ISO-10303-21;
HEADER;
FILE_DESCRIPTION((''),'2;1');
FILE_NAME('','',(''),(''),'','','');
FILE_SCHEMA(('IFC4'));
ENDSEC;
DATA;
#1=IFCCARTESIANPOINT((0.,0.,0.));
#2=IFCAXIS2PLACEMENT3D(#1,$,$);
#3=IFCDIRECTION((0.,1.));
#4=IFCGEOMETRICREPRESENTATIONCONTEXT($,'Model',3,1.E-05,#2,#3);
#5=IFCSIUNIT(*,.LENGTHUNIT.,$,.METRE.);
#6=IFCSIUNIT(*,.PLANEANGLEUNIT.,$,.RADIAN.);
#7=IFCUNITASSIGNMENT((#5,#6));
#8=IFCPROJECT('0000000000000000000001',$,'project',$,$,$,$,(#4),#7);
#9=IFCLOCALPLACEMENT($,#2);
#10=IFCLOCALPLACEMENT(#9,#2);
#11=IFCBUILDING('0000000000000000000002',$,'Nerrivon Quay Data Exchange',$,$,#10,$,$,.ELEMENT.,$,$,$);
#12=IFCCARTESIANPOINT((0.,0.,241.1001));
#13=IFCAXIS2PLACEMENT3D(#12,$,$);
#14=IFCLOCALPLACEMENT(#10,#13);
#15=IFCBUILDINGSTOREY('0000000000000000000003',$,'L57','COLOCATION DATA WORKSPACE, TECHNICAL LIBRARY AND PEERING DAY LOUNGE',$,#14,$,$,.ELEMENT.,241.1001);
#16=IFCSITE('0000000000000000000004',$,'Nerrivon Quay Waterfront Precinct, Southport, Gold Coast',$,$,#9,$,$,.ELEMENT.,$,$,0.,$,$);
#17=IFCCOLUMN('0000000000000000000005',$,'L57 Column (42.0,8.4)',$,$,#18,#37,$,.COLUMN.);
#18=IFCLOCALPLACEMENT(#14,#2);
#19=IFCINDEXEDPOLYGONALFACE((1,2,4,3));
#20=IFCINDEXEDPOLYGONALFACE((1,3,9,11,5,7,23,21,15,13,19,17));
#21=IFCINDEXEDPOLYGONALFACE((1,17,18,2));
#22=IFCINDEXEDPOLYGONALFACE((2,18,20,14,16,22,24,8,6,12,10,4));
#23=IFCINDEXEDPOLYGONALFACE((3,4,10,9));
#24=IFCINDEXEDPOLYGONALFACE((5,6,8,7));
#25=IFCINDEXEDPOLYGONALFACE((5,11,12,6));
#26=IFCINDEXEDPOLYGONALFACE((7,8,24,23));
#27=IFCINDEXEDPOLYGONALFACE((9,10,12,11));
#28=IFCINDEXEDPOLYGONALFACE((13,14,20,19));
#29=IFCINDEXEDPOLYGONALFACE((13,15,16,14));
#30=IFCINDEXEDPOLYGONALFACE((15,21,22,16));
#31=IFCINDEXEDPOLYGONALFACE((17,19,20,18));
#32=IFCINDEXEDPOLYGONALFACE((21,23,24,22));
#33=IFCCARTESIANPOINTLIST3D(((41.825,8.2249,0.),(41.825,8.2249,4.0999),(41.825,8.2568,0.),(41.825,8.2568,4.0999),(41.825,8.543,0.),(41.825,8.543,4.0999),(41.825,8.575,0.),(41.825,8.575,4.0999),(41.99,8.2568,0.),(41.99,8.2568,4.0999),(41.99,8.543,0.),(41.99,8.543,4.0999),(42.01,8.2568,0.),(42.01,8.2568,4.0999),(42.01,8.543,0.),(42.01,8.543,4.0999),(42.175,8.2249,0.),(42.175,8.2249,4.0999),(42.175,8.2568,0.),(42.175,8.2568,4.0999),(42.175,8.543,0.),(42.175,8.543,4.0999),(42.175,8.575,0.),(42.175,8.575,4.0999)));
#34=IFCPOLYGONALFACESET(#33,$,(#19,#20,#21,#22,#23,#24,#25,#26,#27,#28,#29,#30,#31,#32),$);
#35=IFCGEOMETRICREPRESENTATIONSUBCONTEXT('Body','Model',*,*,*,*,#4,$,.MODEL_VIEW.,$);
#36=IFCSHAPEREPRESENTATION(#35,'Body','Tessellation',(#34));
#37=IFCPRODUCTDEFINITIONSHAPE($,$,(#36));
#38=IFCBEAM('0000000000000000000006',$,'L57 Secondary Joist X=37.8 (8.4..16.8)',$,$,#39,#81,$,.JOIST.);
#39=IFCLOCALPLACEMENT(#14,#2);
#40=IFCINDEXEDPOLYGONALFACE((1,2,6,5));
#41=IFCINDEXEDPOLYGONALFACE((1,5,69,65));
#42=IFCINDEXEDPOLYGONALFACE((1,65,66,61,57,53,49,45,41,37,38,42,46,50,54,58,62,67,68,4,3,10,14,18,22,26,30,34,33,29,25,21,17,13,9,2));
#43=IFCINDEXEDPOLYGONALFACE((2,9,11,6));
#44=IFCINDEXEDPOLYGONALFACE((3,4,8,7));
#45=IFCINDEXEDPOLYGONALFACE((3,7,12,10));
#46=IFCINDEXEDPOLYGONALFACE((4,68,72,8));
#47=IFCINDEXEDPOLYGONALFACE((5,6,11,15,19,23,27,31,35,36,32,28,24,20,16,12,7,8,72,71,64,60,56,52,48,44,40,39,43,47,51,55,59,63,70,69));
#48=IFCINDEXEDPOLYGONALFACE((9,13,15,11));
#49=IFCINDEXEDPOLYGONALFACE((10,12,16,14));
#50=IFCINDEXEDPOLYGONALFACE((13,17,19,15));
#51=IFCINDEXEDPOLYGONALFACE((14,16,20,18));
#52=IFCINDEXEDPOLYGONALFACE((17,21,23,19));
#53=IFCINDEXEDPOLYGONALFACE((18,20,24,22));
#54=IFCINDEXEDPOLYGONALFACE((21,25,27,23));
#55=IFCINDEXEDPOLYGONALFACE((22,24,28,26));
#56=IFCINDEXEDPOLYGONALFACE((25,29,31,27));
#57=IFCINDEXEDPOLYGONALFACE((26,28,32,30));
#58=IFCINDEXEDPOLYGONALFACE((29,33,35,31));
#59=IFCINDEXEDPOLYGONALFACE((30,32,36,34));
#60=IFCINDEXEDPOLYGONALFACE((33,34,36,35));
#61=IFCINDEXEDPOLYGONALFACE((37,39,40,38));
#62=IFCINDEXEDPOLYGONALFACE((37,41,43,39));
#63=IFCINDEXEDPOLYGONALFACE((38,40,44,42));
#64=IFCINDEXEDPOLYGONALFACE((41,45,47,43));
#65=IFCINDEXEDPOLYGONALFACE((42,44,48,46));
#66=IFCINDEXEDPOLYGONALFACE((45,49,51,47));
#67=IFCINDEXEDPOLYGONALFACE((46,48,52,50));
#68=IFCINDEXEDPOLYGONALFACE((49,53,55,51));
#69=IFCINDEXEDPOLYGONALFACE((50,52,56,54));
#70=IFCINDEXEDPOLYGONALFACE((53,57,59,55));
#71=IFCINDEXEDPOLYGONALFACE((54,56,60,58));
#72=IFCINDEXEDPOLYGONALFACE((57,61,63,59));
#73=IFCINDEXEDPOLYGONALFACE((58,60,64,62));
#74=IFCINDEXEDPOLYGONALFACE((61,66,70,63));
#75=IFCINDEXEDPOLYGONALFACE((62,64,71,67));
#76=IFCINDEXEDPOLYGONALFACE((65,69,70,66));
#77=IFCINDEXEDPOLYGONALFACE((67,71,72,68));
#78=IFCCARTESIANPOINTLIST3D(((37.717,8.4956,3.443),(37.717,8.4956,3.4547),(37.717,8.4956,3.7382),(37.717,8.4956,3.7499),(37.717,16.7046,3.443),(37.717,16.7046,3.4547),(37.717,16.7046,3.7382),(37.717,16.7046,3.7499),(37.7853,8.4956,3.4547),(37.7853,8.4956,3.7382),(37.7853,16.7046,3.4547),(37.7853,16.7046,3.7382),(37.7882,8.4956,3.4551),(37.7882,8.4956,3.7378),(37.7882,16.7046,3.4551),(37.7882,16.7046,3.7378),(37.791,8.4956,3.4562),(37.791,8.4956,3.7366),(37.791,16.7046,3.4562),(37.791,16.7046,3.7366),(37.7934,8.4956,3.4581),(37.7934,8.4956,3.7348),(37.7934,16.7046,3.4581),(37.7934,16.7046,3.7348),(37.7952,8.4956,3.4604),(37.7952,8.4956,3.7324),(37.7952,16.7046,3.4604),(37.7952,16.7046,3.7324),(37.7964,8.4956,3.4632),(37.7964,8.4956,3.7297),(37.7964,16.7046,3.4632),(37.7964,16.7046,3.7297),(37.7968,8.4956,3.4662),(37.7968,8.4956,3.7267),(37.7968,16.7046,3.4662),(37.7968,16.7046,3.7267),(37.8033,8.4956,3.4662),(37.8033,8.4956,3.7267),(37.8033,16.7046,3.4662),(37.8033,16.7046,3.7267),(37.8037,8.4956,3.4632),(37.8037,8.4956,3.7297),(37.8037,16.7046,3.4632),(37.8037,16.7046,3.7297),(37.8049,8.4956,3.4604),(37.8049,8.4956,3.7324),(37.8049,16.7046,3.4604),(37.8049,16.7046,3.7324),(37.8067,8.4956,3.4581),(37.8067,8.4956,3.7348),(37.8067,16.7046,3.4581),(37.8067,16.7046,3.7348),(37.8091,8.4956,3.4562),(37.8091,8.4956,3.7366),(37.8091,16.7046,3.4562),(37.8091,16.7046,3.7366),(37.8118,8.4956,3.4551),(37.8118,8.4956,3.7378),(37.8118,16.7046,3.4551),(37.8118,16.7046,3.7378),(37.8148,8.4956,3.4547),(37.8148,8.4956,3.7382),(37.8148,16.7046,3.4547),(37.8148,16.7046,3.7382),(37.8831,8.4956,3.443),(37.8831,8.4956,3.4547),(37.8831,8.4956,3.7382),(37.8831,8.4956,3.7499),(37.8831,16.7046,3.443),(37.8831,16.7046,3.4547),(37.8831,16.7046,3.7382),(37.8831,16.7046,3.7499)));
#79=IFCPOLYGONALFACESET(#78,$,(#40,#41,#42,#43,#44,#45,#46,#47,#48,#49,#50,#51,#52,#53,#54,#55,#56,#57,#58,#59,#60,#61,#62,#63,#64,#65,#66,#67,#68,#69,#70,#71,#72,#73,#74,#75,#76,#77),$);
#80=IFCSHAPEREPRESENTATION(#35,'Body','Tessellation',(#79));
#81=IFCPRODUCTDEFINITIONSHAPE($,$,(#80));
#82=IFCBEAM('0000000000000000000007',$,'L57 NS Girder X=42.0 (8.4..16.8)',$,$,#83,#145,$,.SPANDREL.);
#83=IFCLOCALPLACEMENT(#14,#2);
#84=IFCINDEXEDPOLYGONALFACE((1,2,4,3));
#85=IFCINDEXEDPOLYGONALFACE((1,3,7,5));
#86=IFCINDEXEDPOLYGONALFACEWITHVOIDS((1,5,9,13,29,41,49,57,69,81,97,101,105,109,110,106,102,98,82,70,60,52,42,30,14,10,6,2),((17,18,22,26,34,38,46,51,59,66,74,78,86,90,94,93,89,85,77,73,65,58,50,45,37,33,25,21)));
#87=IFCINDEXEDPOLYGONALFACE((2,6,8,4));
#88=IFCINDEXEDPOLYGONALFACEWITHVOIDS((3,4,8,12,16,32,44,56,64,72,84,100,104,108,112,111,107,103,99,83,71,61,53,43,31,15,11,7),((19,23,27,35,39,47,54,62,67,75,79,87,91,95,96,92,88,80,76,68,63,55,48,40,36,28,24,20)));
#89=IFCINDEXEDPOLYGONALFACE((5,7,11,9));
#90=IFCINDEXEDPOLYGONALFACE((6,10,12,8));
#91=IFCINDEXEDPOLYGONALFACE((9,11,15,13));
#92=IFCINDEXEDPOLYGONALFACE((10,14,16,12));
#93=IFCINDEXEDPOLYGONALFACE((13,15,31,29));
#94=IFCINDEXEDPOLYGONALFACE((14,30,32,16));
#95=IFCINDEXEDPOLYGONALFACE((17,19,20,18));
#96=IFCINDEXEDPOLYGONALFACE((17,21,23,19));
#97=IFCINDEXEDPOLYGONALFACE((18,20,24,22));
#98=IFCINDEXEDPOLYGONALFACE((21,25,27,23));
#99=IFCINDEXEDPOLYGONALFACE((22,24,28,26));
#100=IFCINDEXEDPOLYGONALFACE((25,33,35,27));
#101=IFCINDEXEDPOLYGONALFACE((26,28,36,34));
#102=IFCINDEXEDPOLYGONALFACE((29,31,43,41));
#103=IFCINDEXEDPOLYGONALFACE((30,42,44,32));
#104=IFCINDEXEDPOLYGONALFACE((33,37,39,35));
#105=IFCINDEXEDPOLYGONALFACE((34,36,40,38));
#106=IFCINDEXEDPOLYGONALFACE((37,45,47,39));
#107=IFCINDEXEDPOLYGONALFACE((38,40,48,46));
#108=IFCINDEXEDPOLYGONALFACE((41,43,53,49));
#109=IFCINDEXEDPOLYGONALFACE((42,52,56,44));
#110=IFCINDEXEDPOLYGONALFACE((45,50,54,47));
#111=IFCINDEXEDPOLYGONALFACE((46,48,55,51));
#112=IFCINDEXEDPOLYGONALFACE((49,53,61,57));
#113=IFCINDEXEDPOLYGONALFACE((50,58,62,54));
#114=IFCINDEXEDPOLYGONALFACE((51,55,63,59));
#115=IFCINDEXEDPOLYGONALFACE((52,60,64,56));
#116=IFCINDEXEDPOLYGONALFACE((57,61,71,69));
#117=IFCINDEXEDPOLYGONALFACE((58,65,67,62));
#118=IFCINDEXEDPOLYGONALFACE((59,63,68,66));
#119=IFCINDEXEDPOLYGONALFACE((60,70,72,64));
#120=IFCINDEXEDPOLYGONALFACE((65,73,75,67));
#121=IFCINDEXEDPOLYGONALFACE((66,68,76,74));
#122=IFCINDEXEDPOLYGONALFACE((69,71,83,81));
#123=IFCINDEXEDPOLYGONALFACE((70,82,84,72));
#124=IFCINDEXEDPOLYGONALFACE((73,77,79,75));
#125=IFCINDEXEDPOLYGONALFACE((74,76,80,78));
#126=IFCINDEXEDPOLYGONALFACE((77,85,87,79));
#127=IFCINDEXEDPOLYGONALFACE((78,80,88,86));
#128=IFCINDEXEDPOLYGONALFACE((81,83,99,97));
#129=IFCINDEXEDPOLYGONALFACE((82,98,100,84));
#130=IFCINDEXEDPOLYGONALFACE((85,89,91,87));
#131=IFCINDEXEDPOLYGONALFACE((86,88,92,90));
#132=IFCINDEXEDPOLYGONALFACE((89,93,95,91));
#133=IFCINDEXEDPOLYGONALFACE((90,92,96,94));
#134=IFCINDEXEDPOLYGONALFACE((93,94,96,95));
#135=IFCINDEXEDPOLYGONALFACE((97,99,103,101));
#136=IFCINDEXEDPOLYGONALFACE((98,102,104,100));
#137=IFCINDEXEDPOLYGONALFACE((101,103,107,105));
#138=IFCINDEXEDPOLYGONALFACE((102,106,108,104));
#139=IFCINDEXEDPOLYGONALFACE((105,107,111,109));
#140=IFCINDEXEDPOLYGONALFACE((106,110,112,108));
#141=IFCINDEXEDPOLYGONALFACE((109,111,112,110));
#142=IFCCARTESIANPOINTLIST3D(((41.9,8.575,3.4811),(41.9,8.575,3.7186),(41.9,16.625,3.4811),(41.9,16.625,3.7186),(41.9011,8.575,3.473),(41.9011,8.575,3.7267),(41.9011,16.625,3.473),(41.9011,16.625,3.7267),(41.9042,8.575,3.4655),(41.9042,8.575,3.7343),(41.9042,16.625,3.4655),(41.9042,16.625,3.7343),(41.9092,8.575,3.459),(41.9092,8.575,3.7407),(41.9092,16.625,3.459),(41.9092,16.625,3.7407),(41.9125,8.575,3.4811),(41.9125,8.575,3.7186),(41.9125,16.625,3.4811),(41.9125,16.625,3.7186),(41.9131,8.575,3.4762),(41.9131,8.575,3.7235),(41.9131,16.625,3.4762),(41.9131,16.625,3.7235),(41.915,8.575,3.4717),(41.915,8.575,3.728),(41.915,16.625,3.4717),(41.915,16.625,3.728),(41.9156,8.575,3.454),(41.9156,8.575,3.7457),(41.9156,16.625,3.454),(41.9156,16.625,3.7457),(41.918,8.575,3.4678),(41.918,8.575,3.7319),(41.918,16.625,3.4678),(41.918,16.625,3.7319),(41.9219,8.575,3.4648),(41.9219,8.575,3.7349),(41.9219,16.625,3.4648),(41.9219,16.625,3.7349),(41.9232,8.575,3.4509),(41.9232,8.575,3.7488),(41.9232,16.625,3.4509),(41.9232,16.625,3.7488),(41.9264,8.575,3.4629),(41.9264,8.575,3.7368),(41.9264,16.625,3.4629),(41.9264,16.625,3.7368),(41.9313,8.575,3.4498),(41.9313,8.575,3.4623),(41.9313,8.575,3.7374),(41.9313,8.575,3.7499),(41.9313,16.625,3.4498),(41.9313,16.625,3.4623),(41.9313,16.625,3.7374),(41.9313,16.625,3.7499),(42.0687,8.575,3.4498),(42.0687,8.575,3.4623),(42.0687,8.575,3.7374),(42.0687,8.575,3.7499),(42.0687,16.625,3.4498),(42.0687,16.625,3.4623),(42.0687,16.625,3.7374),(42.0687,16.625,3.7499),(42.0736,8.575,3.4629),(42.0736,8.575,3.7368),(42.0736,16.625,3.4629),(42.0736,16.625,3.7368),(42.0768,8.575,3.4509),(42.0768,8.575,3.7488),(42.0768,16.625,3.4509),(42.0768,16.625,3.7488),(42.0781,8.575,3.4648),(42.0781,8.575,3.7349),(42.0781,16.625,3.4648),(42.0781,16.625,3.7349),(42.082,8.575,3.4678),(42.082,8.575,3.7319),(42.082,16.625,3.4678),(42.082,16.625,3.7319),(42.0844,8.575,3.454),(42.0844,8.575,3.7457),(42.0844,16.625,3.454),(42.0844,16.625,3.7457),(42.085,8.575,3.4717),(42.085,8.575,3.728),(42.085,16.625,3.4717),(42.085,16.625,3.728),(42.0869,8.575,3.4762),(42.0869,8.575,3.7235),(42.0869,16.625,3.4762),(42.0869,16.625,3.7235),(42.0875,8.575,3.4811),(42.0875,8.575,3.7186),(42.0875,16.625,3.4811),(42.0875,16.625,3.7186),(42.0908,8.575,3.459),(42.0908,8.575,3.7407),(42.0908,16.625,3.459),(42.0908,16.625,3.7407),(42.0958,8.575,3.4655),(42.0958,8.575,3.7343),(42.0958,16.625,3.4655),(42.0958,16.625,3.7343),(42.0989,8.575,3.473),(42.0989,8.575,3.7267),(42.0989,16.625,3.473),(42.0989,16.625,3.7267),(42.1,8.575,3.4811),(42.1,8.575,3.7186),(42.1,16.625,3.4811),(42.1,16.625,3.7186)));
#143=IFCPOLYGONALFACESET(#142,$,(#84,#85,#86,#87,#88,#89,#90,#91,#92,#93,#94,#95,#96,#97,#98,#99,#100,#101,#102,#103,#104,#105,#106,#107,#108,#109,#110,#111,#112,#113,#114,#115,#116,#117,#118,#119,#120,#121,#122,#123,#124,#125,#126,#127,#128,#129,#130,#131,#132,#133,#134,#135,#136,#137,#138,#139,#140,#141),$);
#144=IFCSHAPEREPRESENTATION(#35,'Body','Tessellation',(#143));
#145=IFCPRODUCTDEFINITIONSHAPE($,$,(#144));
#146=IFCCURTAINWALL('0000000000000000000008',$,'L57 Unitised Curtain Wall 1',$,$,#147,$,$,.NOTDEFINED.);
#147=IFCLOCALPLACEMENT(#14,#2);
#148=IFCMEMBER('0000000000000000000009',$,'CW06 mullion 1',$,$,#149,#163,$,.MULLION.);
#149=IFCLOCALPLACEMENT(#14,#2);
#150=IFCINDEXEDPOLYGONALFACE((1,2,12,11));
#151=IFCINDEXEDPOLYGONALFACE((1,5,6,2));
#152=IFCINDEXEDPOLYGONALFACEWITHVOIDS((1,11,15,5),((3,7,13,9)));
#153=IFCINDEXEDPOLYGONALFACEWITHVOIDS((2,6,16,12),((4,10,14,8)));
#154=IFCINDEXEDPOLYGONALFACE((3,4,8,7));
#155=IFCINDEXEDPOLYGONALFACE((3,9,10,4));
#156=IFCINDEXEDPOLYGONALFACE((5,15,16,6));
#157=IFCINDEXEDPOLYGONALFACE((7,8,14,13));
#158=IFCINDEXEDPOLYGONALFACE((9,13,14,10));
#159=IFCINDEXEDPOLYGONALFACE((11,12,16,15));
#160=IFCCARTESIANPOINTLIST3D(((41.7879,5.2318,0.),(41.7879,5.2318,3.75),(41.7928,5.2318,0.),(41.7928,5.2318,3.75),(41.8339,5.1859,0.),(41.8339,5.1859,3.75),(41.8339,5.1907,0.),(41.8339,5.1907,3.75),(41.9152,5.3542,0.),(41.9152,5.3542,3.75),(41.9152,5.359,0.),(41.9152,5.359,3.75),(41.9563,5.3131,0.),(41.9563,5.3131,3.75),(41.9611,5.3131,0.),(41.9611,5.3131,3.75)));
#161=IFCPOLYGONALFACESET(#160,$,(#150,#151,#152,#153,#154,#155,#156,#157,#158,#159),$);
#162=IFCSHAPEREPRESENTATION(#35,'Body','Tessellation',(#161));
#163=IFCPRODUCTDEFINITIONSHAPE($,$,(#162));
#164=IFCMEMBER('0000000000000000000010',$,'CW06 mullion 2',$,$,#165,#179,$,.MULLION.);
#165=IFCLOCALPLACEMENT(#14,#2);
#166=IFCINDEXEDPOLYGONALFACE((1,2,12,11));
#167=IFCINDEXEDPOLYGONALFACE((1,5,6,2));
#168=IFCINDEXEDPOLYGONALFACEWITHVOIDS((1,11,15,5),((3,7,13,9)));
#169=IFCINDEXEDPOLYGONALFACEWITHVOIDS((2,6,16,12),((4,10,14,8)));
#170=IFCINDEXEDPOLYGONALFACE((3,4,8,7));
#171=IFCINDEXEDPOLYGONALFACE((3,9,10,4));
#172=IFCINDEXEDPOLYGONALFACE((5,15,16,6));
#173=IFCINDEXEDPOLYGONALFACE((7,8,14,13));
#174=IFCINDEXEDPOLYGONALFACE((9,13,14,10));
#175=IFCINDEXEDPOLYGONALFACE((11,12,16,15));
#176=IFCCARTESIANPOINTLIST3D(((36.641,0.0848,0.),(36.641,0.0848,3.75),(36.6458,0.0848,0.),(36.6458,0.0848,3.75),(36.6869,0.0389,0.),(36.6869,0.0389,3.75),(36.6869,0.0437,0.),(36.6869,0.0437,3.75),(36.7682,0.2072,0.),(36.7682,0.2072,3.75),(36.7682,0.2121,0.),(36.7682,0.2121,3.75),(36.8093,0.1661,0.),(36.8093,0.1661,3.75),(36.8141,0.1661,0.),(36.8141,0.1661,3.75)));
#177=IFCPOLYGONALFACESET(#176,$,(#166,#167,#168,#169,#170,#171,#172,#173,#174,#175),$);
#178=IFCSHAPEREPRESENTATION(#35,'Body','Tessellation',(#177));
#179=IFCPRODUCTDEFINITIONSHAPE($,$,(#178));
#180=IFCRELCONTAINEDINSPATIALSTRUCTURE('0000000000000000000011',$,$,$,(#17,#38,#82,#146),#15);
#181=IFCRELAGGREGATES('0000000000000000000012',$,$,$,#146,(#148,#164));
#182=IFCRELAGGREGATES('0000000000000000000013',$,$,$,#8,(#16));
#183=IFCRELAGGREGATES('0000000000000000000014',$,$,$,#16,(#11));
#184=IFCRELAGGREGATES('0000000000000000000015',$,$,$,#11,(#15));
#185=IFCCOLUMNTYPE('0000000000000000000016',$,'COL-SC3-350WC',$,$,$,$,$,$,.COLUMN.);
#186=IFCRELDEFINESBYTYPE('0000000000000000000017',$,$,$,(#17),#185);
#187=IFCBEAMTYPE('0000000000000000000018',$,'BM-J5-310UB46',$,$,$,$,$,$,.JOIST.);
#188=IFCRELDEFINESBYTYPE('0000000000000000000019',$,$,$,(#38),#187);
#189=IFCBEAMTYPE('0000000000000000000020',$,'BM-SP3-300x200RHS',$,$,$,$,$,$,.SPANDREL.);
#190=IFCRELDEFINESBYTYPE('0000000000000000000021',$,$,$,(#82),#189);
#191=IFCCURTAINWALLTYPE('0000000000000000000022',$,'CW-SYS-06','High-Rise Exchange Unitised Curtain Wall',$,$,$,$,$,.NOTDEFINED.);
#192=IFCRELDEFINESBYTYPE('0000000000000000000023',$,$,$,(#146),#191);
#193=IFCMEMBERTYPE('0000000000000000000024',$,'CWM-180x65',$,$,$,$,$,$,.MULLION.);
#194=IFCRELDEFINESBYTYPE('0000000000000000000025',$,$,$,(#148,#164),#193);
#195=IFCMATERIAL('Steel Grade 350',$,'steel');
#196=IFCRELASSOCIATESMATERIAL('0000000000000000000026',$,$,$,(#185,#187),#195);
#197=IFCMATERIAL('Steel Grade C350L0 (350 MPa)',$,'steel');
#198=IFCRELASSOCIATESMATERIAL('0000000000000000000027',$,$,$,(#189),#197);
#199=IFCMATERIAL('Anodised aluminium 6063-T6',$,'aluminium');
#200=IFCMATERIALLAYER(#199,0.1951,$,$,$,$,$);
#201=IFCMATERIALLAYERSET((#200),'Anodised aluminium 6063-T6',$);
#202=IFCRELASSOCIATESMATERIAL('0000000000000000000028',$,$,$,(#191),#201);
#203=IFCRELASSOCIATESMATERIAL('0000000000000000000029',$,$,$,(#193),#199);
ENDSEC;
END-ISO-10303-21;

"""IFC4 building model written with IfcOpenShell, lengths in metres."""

from ifc_helpers import new_model, si_unit, direction, frame, origin, origin_2d, place, context, subcontext, project, spatial, hollow_rectangle, i_section, extrude, material, layer, layer_set, material_profile, profile_set, type_object, element, aggregate, save


model = new_model("IFC4")

# Units and contexts
model_context = context("Model", 3, precision=1e-05, world=origin(), true_north=direction((0.0, 1.0)))
body_context = subcontext(model_context, "Body", "Model", "MODEL_VIEW")
ifc_project = project(units=[si_unit("LENGTHUNIT", "METRE"), si_unit("PLANEANGLEUNIT", "RADIAN")], contexts=[model_context])

# Site, building, storey
site_placement = place(None, origin())
site = spatial("IfcSite", under=ifc_project, at=site_placement, Name="Nerrivon Quay Waterfront Precinct, Southport, Gold Coast", CompositionType="ELEMENT", RefElevation=0.0)
building_placement = place(site_placement, origin())
building = spatial("IfcBuilding", under=site, at=building_placement, Name="Nerrivon Quay Data Exchange", CompositionType="ELEMENT")
storey_placement = place(building_placement, frame((0.0, 0.0, 241.1001)))
storey = spatial("IfcBuildingStorey", under=building, at=storey_placement, Name="L57", Description="COLOCATION DATA WORKSPACE, TECHNICAL LIBRARY AND PEERING DAY LOUNGE", CompositionType="ELEMENT", Elevation=241.1001)

# Column
ifc_material_1 = material(Name="Steel Grade 350", Category="steel")
ifc_material_profile_1 = material_profile(ifc_material_1, i_section(OverallWidth=0.3501, OverallDepth=0.3501, WebThickness=0.02, FlangeThickness=0.032, at=origin_2d()), Name="350WC230")
ifc_profile_set_1 = profile_set([ifc_material_profile_1], Name="Steel Grade 350")
column_type = type_object("IfcColumnType", Name="COL-SC3-350WC", PredefinedType="COLUMN", material=ifc_profile_set_1)
column_placement = place(storey_placement, frame((42.0, 8.3999, 0.0), z_axis=(0.0, 0.0, 1.0), x_axis=(1.0, 0.0, 0.0)))
element("IfcColumn", 1, at=column_placement, inside=storey, type_object=column_type, Name="L57 Column (42.0,8.4)", PredefinedType="COLUMN", context=body_context, shape_type="SweptSolid", body=[
    extrude(i_section(OverallWidth=0.3501, OverallDepth=0.3501, WebThickness=0.02, FlangeThickness=0.032, at=origin_2d()), origin(), (0.0, 0.0, 1.0), 4.0999),
])

# Beams
ifc_material_profile_2 = material_profile(ifc_material_1, i_section(OverallWidth=0.166, OverallDepth=0.3069, WebThickness=0.0066, FlangeThickness=0.0117, FilletRadius=0.0115, at=origin_2d()), Name="310UB46.2")
ifc_profile_set_2 = profile_set([ifc_material_profile_2], Name="Steel Grade 350")
beam_type_1 = type_object("IfcBeamType", Name="BM-J5-310UB46", PredefinedType="JOIST", material=ifc_profile_set_2)
beam_1_placement = place(storey_placement, frame((37.8, 8.4956, 3.5964), z_axis=(0.0, 1.0, 0.0), x_axis=(-1.0, 0.0, 0.0)))
element("IfcBeam", 2, at=beam_1_placement, inside=storey, type_object=beam_type_1, Name="L57 Secondary Joist X=37.8 (8.4..16.8)", PredefinedType="JOIST", context=body_context, shape_type="SweptSolid", body=[
    extrude(i_section(OverallWidth=0.166, OverallDepth=0.3069, WebThickness=0.0066, FlangeThickness=0.0117, FilletRadius=0.0115, at=origin_2d()), origin(), (0.0, 0.0, 1.0), 8.209),
])
ifc_material_2 = material(Name="Steel Grade C350L0 (350 MPa)", Category="steel")
ifc_material_profile_3 = material_profile(ifc_material_2, hollow_rectangle(XDim=0.2, YDim=0.3, WallThickness=0.0125, InnerFilletRadius=0.0188, OuterFilletRadius=0.0312, at=origin_2d()), Name="300x200x12.5RHS")
ifc_profile_set_3 = profile_set([ifc_material_profile_3], Name="Steel Grade C350L0 (350 MPa)")
beam_type_2 = type_object("IfcBeamType", Name="BM-SP3-300x200RHS", PredefinedType="SPANDREL", material=ifc_profile_set_3)
beam_2_placement = place(storey_placement, frame((42.0, 8.575, 3.5999), z_axis=(0.0, 1.0, 0.0), x_axis=(-1.0, 0.0, 0.0)))
element("IfcBeam", 3, at=beam_2_placement, inside=storey, type_object=beam_type_2, Name="L57 NS Girder X=42.0 (8.4..16.8)", PredefinedType="SPANDREL", context=body_context, shape_type="SweptSolid", body=[
    extrude(hollow_rectangle(XDim=0.2, YDim=0.3, WallThickness=0.0125, InnerFilletRadius=0.0188, OuterFilletRadius=0.0312, at=origin_2d()), origin(), (0.0, 0.0, 1.0), 8.05),
])

# Curtain wall, members
ifc_material_3 = material(Name="Anodised aluminium 6063-T6", Category="aluminium")
ifc_layer_1 = layer(ifc_material_3, 0.1951)
ifc_layer_set_1 = layer_set([ifc_layer_1], Name="Anodised aluminium 6063-T6")
curtain_wall_type = type_object("IfcCurtainWallType", Name="CW-SYS-06", Description="High-Rise Exchange Unitised Curtain Wall", PredefinedType="NOTDEFINED", material=ifc_layer_set_1)
curtain_wall_1_placement = place(storey_placement, origin())
curtain_wall_1 = element("IfcCurtainWall", 4, at=curtain_wall_1_placement, inside=storey, type_object=curtain_wall_type, Name="L57 Unitised Curtain Wall 1", PredefinedType="NOTDEFINED")
ifc_material_profile_4 = material_profile(ifc_material_3, hollow_rectangle(XDim=0.0649, YDim=0.1799, WallThickness=0.0034, at=origin_2d()), Name="ALU-MULL-180x65")
ifc_profile_set_4 = profile_set([ifc_material_profile_4], Name="Anodised aluminium 6063-T6")
member_type_1 = type_object("IfcMemberType", Name="CWM-180x65", PredefinedType="MULLION", material=ifc_profile_set_4)
member_1_placement = place(storey_placement, frame((41.8745, 5.2725, 0.0), z_axis=(0.0, 0.0, 1.0), x_axis=(0.707107, -0.707107, 0.0)))
member_1 = element("IfcMember", 5, at=member_1_placement, type_object=member_type_1, Name="CW06 mullion 1", PredefinedType="MULLION", context=body_context, shape_type="SweptSolid", body=[
    extrude(hollow_rectangle(XDim=0.0649, YDim=0.1799, WallThickness=0.0034, at=origin_2d()), origin(), (0.0, 0.0, 1.0), 3.75),
])
member_2_placement = place(storey_placement, frame((36.7275, 0.1255, 0.0), z_axis=(0.0, 0.0, 1.0), x_axis=(0.707107, -0.707107, 0.0)))
member_2 = element("IfcMember", 6, at=member_2_placement, type_object=member_type_1, Name="CW06 mullion 2", PredefinedType="MULLION", context=body_context, shape_type="SweptSolid", body=[
    extrude(hollow_rectangle(XDim=0.0649, YDim=0.1799, WallThickness=0.0034, at=origin_2d()), origin(), (0.0, 0.0, 1.0), 3.75),
])

aggregate(curtain_wall_1, [member_1, member_2])

save(model, "model.ifc")
